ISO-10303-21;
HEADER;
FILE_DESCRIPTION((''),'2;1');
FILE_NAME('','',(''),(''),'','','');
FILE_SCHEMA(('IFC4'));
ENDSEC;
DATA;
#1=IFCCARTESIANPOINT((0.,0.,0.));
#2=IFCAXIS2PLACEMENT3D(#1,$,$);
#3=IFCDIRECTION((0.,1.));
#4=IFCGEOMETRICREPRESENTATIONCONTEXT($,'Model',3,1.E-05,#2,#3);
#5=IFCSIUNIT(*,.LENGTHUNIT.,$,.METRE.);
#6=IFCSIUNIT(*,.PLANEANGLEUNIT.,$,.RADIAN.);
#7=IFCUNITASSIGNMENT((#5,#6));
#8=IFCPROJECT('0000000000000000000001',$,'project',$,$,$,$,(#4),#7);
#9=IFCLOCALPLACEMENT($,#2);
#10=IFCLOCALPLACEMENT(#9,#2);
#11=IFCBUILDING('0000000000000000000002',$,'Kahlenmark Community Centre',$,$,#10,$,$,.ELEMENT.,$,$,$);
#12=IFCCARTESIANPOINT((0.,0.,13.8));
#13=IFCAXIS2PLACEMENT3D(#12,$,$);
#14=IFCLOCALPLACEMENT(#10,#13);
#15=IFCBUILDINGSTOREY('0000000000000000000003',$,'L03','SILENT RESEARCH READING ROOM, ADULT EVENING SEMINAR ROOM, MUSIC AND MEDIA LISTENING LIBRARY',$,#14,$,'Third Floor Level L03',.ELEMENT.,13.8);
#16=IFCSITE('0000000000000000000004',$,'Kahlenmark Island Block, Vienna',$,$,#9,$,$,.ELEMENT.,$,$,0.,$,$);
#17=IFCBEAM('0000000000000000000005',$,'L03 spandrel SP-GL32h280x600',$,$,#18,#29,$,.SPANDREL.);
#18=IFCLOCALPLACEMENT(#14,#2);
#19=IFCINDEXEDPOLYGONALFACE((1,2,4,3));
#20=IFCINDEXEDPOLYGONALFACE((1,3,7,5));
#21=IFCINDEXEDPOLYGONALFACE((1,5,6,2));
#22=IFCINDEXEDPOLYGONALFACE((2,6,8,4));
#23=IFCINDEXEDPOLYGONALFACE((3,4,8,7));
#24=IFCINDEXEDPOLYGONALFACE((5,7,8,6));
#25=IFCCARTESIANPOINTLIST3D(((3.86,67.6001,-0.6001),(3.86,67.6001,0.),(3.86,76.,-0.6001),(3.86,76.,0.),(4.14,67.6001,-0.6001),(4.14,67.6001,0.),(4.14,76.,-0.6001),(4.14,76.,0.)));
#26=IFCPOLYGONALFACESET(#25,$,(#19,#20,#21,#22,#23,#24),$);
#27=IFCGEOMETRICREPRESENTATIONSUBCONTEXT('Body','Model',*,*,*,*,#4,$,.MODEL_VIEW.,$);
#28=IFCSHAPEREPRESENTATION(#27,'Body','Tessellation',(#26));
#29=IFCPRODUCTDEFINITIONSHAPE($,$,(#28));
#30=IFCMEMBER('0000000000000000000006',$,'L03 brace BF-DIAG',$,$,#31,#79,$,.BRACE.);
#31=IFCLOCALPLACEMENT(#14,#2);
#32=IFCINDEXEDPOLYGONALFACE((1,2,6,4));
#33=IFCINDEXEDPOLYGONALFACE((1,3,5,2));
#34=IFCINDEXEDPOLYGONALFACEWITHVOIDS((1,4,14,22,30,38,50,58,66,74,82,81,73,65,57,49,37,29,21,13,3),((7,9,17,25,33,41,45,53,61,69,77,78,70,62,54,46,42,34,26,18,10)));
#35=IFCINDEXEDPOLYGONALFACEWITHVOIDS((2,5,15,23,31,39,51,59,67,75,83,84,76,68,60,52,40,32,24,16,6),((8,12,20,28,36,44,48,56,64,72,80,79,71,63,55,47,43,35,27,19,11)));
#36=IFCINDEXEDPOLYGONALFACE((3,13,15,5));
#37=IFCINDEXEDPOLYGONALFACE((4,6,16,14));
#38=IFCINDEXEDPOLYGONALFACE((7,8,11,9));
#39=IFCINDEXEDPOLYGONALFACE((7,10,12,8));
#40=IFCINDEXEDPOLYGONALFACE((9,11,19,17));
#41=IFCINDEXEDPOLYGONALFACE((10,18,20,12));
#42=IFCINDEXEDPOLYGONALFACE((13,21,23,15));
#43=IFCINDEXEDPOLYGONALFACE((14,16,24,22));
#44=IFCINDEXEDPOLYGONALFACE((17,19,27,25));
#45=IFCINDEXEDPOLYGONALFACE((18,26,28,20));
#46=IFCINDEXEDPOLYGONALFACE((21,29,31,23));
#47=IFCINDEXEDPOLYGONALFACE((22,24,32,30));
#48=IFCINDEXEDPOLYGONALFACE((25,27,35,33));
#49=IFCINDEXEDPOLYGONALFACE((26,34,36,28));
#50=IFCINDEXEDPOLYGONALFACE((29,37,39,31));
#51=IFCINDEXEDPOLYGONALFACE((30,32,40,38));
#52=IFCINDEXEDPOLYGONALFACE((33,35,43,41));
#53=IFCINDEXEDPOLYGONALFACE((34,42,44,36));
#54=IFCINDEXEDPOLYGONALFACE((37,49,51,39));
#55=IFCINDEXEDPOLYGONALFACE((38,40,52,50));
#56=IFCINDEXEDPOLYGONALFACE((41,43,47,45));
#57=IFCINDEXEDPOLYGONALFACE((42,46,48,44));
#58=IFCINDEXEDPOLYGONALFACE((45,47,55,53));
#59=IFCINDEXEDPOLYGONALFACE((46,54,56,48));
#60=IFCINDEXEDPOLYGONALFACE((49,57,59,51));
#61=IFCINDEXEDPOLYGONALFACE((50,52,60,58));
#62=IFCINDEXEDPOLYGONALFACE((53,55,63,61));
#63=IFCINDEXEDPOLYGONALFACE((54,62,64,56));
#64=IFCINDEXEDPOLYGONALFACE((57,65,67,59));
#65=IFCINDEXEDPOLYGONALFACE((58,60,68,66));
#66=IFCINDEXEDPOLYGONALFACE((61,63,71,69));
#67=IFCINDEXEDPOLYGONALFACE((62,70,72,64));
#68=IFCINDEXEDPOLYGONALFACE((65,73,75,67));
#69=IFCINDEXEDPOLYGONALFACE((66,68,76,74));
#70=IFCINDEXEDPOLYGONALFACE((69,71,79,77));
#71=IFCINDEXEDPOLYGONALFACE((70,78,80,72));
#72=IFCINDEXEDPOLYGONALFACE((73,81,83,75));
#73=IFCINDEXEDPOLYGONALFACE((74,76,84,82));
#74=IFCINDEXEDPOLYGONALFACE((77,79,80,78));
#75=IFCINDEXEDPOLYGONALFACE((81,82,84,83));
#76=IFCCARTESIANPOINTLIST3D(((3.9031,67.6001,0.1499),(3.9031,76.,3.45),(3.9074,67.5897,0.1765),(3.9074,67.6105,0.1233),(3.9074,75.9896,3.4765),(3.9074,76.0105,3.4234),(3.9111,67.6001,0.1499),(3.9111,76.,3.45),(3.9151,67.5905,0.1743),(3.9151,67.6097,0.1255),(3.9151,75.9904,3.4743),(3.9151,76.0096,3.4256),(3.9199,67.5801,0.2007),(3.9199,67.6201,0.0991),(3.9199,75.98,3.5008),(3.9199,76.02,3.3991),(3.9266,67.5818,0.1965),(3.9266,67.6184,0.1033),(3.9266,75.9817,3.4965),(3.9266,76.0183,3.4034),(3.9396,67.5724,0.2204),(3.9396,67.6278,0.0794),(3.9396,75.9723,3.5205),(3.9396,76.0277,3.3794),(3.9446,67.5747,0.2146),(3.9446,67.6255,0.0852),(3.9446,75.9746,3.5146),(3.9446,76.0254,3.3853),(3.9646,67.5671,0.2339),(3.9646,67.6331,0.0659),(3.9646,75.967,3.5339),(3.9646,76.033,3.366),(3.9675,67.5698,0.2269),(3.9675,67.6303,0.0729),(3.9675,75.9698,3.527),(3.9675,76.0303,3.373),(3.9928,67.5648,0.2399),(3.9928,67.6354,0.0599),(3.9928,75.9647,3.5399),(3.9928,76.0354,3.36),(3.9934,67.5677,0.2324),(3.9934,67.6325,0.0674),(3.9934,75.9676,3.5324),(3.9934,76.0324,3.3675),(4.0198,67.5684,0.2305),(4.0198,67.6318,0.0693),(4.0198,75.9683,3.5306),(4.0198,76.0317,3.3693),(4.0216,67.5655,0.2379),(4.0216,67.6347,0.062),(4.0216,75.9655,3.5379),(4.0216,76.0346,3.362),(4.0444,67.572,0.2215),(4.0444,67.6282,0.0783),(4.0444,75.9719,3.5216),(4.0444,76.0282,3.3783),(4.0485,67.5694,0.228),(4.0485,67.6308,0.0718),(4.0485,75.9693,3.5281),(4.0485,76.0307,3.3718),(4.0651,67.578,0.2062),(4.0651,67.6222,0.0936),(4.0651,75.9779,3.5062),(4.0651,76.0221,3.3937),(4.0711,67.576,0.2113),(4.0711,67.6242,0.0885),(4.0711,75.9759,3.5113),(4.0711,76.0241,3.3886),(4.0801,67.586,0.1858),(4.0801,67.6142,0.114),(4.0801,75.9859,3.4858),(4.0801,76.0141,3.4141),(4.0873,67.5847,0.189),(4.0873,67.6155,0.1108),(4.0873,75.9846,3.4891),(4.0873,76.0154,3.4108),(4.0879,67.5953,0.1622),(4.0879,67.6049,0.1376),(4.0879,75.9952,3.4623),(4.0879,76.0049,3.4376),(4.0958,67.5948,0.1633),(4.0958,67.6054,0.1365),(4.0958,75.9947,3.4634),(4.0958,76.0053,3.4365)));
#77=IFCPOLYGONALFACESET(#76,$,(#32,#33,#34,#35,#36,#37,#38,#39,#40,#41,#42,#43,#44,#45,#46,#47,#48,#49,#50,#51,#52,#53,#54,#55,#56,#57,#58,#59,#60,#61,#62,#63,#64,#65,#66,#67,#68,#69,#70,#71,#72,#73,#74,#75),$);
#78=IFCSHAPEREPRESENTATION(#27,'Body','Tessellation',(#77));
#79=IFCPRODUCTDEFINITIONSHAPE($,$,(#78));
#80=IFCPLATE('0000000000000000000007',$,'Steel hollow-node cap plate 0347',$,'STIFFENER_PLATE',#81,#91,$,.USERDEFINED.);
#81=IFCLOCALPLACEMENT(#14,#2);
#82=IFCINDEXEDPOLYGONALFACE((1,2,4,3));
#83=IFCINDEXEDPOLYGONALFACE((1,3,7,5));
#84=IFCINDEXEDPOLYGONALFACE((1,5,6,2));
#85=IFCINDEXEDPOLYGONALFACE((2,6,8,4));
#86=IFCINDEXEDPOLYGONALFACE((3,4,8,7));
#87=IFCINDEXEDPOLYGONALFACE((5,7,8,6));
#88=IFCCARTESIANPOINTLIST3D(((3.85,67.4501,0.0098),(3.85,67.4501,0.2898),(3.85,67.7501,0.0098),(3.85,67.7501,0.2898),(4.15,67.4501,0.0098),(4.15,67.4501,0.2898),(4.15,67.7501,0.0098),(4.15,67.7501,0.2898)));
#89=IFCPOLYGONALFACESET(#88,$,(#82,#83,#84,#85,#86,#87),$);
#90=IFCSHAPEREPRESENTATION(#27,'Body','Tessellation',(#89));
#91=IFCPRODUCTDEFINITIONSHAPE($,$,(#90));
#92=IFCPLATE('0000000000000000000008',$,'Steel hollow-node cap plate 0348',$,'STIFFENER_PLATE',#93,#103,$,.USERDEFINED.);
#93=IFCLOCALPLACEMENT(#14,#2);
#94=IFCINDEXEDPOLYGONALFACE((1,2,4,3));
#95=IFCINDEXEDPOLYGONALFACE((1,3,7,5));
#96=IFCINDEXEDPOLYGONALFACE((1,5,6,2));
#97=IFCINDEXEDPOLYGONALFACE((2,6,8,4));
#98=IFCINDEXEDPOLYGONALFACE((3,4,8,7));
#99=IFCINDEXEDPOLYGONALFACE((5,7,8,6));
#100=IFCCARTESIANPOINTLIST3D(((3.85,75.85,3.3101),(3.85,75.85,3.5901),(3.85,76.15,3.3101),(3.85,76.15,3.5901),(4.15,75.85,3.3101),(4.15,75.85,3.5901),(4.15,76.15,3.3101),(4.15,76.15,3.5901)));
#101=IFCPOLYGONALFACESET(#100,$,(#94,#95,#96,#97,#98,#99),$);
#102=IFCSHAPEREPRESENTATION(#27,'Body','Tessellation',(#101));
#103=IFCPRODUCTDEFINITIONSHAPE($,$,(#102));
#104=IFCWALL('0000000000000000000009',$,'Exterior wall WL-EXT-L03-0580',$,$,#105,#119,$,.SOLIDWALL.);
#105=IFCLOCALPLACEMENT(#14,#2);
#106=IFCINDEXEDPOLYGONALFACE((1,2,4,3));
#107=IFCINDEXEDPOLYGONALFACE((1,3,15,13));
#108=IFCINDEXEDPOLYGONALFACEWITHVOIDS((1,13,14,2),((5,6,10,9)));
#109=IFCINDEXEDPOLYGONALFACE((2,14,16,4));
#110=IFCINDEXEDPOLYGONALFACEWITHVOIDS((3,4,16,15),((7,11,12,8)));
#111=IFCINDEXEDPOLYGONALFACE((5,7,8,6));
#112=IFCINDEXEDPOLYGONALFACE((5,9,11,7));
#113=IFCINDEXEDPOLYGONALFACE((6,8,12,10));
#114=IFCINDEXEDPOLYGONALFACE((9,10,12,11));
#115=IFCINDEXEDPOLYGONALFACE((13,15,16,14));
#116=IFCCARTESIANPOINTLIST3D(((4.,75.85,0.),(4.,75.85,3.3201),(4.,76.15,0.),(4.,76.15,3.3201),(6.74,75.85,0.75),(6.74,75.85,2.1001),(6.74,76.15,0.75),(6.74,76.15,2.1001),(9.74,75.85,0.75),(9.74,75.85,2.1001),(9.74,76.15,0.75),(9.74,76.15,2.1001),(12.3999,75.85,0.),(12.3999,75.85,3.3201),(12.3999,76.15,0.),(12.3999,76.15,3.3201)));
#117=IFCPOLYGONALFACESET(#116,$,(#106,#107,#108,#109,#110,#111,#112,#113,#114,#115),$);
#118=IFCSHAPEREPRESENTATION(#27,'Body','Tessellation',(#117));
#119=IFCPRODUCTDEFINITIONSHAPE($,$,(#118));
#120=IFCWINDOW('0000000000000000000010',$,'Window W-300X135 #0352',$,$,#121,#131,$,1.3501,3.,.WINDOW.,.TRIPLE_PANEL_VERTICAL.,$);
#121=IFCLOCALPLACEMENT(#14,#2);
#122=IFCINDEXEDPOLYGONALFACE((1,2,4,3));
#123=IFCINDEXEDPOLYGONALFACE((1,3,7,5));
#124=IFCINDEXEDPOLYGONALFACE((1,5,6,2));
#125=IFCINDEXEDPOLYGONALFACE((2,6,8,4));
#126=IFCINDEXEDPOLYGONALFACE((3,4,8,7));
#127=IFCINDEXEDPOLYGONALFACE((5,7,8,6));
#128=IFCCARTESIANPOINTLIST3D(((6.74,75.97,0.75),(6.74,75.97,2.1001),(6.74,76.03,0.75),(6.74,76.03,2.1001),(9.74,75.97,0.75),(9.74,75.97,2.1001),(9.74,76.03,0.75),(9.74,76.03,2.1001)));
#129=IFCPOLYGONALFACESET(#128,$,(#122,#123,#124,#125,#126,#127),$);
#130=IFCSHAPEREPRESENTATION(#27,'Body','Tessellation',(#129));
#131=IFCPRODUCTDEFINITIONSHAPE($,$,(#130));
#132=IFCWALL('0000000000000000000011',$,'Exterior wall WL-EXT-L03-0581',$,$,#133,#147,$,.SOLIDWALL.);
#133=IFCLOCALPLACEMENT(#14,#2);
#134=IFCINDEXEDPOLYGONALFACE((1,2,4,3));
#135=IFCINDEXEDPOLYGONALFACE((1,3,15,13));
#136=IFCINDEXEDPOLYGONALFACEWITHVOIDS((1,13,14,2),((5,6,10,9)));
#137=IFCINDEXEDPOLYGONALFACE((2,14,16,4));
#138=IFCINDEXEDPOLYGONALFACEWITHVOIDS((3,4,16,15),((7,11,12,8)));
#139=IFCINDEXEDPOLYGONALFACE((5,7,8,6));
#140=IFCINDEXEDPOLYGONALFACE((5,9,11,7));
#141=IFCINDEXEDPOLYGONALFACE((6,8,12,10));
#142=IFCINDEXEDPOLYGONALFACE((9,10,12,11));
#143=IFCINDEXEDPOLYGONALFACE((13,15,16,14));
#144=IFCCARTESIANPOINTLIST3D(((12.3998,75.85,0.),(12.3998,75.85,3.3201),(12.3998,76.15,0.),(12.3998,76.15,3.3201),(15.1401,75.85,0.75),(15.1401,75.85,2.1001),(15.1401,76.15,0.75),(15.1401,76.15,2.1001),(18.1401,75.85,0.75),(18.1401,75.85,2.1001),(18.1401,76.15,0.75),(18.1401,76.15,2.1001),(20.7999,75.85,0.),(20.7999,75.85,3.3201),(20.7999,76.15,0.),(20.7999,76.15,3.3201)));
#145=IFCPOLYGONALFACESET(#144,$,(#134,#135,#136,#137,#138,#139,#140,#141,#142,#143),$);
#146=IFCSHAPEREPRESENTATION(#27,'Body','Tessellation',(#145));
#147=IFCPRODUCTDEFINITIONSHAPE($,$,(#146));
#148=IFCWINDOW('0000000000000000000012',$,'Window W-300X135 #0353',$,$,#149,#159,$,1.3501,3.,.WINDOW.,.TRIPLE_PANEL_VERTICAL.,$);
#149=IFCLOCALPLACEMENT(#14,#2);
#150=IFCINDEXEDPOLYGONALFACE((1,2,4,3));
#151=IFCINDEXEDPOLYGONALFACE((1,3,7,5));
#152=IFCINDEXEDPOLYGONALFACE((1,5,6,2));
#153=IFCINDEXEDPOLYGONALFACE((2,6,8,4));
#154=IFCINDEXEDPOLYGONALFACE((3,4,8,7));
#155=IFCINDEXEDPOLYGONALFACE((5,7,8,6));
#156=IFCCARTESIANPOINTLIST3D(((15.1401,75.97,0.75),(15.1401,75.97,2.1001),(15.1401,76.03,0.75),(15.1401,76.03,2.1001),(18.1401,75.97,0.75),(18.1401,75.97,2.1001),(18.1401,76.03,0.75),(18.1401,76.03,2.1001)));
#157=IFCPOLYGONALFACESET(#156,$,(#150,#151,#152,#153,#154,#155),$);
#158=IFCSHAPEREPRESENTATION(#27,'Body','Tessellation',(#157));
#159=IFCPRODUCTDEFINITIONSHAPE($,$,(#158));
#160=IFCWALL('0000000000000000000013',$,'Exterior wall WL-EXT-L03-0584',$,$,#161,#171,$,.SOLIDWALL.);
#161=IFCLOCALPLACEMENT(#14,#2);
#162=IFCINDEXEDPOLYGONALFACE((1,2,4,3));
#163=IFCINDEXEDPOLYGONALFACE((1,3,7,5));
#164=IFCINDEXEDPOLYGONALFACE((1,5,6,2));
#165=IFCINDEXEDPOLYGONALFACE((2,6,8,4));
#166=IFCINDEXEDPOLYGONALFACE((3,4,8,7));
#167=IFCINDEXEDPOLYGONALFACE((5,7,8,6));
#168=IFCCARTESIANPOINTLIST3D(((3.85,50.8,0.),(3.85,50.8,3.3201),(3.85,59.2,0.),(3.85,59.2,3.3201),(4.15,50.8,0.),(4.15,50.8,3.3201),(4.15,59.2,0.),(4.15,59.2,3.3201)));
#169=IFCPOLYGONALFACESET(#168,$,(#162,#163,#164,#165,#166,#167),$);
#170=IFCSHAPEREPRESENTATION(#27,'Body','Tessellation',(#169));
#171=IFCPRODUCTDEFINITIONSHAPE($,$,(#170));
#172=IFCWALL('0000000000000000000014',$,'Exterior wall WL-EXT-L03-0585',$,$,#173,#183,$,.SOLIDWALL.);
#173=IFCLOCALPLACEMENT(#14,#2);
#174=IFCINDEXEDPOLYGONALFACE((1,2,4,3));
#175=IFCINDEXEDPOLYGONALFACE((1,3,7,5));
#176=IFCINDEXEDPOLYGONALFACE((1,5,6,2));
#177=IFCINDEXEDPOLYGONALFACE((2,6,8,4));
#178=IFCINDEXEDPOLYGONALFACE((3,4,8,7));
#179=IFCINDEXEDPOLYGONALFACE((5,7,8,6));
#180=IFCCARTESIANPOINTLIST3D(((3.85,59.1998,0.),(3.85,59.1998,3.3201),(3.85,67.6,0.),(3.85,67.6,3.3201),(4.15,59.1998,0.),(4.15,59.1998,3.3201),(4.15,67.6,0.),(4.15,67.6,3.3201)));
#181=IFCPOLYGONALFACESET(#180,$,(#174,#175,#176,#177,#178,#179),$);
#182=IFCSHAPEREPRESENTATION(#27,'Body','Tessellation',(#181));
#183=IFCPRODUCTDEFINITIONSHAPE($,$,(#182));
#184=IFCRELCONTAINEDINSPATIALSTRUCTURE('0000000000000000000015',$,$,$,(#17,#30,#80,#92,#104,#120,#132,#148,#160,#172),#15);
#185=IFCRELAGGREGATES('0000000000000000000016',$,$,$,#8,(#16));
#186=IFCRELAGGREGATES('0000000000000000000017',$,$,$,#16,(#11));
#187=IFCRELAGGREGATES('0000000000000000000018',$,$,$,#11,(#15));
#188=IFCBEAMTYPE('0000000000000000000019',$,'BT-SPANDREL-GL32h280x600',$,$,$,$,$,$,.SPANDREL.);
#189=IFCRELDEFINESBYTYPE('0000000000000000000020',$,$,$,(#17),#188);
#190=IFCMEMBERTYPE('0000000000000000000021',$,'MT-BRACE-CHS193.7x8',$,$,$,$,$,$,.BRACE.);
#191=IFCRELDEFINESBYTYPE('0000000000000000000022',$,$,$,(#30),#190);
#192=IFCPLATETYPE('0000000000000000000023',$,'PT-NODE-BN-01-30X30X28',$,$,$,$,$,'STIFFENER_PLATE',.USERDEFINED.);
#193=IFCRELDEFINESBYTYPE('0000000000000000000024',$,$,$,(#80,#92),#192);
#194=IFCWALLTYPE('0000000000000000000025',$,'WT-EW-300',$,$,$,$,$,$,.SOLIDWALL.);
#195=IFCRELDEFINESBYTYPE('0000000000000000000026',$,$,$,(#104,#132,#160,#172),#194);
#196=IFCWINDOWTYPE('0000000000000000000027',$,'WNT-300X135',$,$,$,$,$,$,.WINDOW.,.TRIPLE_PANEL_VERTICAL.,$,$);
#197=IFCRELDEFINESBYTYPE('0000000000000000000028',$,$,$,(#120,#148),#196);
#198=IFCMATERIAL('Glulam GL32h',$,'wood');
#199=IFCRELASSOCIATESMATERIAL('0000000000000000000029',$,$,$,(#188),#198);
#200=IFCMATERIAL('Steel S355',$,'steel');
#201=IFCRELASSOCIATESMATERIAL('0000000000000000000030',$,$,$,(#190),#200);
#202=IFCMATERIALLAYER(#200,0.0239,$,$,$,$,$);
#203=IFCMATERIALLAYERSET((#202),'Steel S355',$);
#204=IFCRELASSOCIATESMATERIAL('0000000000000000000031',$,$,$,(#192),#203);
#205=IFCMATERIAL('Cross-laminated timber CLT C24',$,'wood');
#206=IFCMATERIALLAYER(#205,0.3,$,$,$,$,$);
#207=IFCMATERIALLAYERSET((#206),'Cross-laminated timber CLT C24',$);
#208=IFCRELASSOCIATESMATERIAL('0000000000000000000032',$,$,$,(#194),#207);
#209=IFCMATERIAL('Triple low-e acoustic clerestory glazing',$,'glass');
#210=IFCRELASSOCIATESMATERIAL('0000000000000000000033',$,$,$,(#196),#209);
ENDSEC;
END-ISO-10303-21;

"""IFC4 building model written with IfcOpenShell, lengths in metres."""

from ifc_helpers import new_model, si_unit, direction, frame, frame_2d, origin, origin_2d, place, context, subcontext, project, spatial, rectangle, hollow_circle, extrude, material, layer, layer_set, material_profile, profile_set, type_object, element, fill, save


model = new_model("IFC4")

# Units and contexts
model_context = context("Model", 3, precision=1e-05, world=origin(), true_north=direction((0.0, 1.0)))
body_context = subcontext(model_context, "Body", "Model", "MODEL_VIEW")
ifc_project = project(units=[si_unit("LENGTHUNIT", "METRE"), si_unit("PLANEANGLEUNIT", "RADIAN")], contexts=[model_context])

# Site, building, storey
site_placement = place(None, origin())
site = spatial("IfcSite", under=ifc_project, at=site_placement, Name="Kahlenmark Island Block, Vienna", CompositionType="ELEMENT", RefElevation=0.0)
building_placement = place(site_placement, origin())
building = spatial("IfcBuilding", under=site, at=building_placement, Name="Kahlenmark Community Centre", CompositionType="ELEMENT")
storey_placement = place(building_placement, frame((0.0, 0.0, 13.8)))
storey = spatial("IfcBuildingStorey", under=building, at=storey_placement, Name="L03", Description="SILENT RESEARCH READING ROOM, ADULT EVENING SEMINAR ROOM, MUSIC AND MEDIA LISTENING LIBRARY", LongName="Third Floor Level L03", CompositionType="ELEMENT", Elevation=13.8)

# Shared definitions
ifc_material_1 = material(Name="Glulam GL32h", Category="wood")

# Beam
ifc_material_profile_1 = material_profile(ifc_material_1, rectangle(XDim=0.28, YDim=0.6001, at=origin_2d()), Name="GL32h 280x600")
ifc_profile_set_1 = profile_set([ifc_material_profile_1], Name="Glulam GL32h")
beam_type_1 = type_object("IfcBeamType", Name="BT-SPANDREL-GL32h280x600", PredefinedType="SPANDREL", material=ifc_profile_set_1)
beam_1_placement = place(storey_placement, frame((4.0, 67.6001, -0.3), z_axis=(0.0, 1.0, 0.0), x_axis=(-1.0, 0.0, 0.0)))
element("IfcBeam", 1, at=beam_1_placement, inside=storey, type_object=beam_type_1, Name="L03 spandrel SP-GL32h280x600", PredefinedType="SPANDREL", context=body_context, shape_type="SweptSolid", body=[
    extrude(rectangle(XDim=0.28, YDim=0.6001, at=origin_2d()), origin(), (0.0, 0.0, 1.0), 8.3999),
])

# Member
ifc_material_2 = material(Name="Steel S355", Category="steel")
ifc_material_profile_2 = material_profile(ifc_material_2, hollow_circle(Radius=0.0969, WallThickness=0.0081, at=origin_2d()), Name="CHS 193.7x8")
ifc_profile_set_2 = profile_set([ifc_material_profile_2], Name="Steel S355")
member_type = type_object("IfcMemberType", Name="MT-BRACE-CHS193.7x8", PredefinedType="BRACE", material=ifc_profile_set_2)
member_placement = place(storey_placement, frame((4.0, 67.6001, 0.1499), z_axis=(0.0, 0.930748, 0.365661), x_axis=(-1.0, 0.0, 0.0)))
element("IfcMember", 2, at=member_placement, inside=storey, type_object=member_type, Name="L03 brace BF-DIAG", PredefinedType="BRACE", context=body_context, shape_type="SweptSolid", body=[
    extrude(hollow_circle(Radius=0.0969, WallThickness=0.0081, at=origin_2d()), origin(), (0.0, 0.0, 1.0), 9.0249),
])

# Plates
ifc_layer_1 = layer(ifc_material_2, 0.0239)
ifc_layer_set_1 = layer_set([ifc_layer_1], Name="Steel S355")
plate_type = type_object("IfcPlateType", Name="PT-NODE-BN-01-30X30X28", ElementType="STIFFENER_PLATE", PredefinedType="USERDEFINED", material=ifc_layer_set_1)
for number, where, z_axis, x_axis, name in (
    (3, (4.0, 67.6001, 0.0098), (0.0, 0.0, 1.0), (1.0, 0.0, 0.0), "Steel hollow-node cap plate 0347"),
    (4, (4.0, 76.0, 3.3101), (0.0, 0.0, 1.0), (1.0, 0.0, 0.0), "Steel hollow-node cap plate 0348"),
):
    element("IfcPlate", number, at=place(storey_placement, frame(where, z_axis=z_axis, x_axis=x_axis)), inside=storey, type_object=plate_type, Name=name, ObjectType="STIFFENER_PLATE", PredefinedType="USERDEFINED", context=body_context, shape_type="SweptSolid", body=[
        extrude(rectangle(XDim=0.3, YDim=0.3, at=origin_2d()), origin(), (0.0, 0.0, 1.0), 0.28),
    ])

# Walls, openings, windows
ifc_material_3 = material(Name="Cross-laminated timber CLT C24", Category="wood")
ifc_layer_2 = layer(ifc_material_3, 0.3)
ifc_layer_set_2 = layer_set([ifc_layer_2], Name="Cross-laminated timber CLT C24")
wall_type = type_object("IfcWallType", Name="WT-EW-300", PredefinedType="SOLIDWALL", material=ifc_layer_set_2)
wall_1_placement = place(storey_placement, frame((12.3999, 76.0, 0.0), z_axis=(0.0, 0.0, 1.0), x_axis=(-1.0, 0.0, 0.0)))
wall_1 = element("IfcWall", 5, at=wall_1_placement, inside=storey, type_object=wall_type, Name="Exterior wall WL-EXT-L03-0580", PredefinedType="SOLIDWALL", context=body_context, shape_type="SweptSolid", body=[
    extrude(rectangle(XDim=8.3999, YDim=0.3, at=frame_2d((4.2, 0.0))), origin(), (0.0, 0.0, 1.0), 3.3201),
])
opening_1_placement = place(wall_1_placement, frame((2.6599, 0.0, 0.75)))
opening_1 = element("IfcOpeningElement", 6, at=opening_1_placement, cuts=wall_1, PredefinedType="OPENING", context=body_context, shape_type="SweptSolid", body=[
    extrude(rectangle(XDim=3.0, YDim=1.3501, at=frame_2d((1.5, 0.675))), frame((0.0, 0.1599, 0.0), z_axis=(0.0, -1.0, 0.0), x_axis=(1.0, 0.0, 0.0)), (0.0, 0.0, 1.0), 0.3201),
])
ifc_material_4 = material(Name="Triple low-e acoustic clerestory glazing", Category="glass")
window_type = type_object("IfcWindowType", Name="WNT-300X135", PartitioningType="TRIPLE_PANEL_VERTICAL", PredefinedType="WINDOW", material=ifc_material_4)
window_1_placement = place(opening_1_placement, origin())
window_1 = element("IfcWindow", 7, at=window_1_placement, inside=storey, type_object=window_type, Name="Window W-300X135 #0352", OverallHeight=1.3501, OverallWidth=3.0, PartitioningType="TRIPLE_PANEL_VERTICAL", PredefinedType="WINDOW", context=body_context, shape_type="SweptSolid", body=[
    extrude(rectangle(XDim=3.0, YDim=1.3501, at=frame_2d((1.5, 0.675))), frame((0.0, 0.03, 0.0), z_axis=(0.0, -1.0, 0.0), x_axis=(1.0, 0.0, 0.0)), (0.0, 0.0, 1.0), 0.0601),
])
fill(opening_1, window_1)
wall_2_placement = place(storey_placement, frame((20.8, 76.0, 0.0), z_axis=(0.0, 0.0, 1.0), x_axis=(-1.0, 0.0, 0.0)))
wall_2 = element("IfcWall", 8, at=wall_2_placement, inside=storey, type_object=wall_type, Name="Exterior wall WL-EXT-L03-0581", PredefinedType="SOLIDWALL", context=body_context, shape_type="SweptSolid", body=[
    extrude(rectangle(XDim=8.4001, YDim=0.3, at=frame_2d((4.2002, 0.0))), origin(), (0.0, 0.0, 1.0), 3.3201),
])
opening_2_placement = place(wall_2_placement, frame((2.6599, 0.0, 0.75)))
opening_2 = element("IfcOpeningElement", 9, at=opening_2_placement, cuts=wall_2, PredefinedType="OPENING", context=body_context, shape_type="SweptSolid", body=[
    extrude(rectangle(XDim=3.0, YDim=1.3501, at=frame_2d((1.5, 0.675))), frame((0.0, 0.1599, 0.0), z_axis=(0.0, -1.0, 0.0), x_axis=(1.0, 0.0, 0.0)), (0.0, 0.0, 1.0), 0.3201),
])
window_2_placement = place(opening_2_placement, origin())
window_2 = element("IfcWindow", 10, at=window_2_placement, inside=storey, type_object=window_type, Name="Window W-300X135 #0353", OverallHeight=1.3501, OverallWidth=3.0, PartitioningType="TRIPLE_PANEL_VERTICAL", PredefinedType="WINDOW", context=body_context, shape_type="SweptSolid", body=[
    extrude(rectangle(XDim=3.0, YDim=1.3501, at=frame_2d((1.5, 0.675))), frame((0.0, 0.03, 0.0), z_axis=(0.0, -1.0, 0.0), x_axis=(1.0, 0.0, 0.0)), (0.0, 0.0, 1.0), 0.0601),
])
fill(opening_2, window_2)

# Walls
wall_3_placement = place(storey_placement, frame((4.0, 59.2, 0.0), z_axis=(0.0, 0.0, 1.0), x_axis=(0.0, -1.0, 0.0)))
element("IfcWall", 11, at=wall_3_placement, inside=storey, type_object=wall_type, Name="Exterior wall WL-EXT-L03-0584", PredefinedType="SOLIDWALL", context=body_context, shape_type="SweptSolid", body=[
    extrude(rectangle(XDim=8.3999, YDim=0.3, at=frame_2d((4.2, 0.0))), origin(), (0.0, 0.0, 1.0), 3.3201),
])
wall_4_placement = place(storey_placement, frame((4.0, 67.6001, 0.0), z_axis=(0.0, 0.0, 1.0), x_axis=(0.0, -1.0, 0.0)))
element("IfcWall", 12, at=wall_4_placement, inside=storey, type_object=wall_type, Name="Exterior wall WL-EXT-L03-0585", PredefinedType="SOLIDWALL", context=body_context, shape_type="SweptSolid", body=[
    extrude(rectangle(XDim=8.4001, YDim=0.3, at=frame_2d((4.2002, 0.0))), origin(), (0.0, 0.0, 1.0), 3.3201),
])

save(model, "model.ifc")
